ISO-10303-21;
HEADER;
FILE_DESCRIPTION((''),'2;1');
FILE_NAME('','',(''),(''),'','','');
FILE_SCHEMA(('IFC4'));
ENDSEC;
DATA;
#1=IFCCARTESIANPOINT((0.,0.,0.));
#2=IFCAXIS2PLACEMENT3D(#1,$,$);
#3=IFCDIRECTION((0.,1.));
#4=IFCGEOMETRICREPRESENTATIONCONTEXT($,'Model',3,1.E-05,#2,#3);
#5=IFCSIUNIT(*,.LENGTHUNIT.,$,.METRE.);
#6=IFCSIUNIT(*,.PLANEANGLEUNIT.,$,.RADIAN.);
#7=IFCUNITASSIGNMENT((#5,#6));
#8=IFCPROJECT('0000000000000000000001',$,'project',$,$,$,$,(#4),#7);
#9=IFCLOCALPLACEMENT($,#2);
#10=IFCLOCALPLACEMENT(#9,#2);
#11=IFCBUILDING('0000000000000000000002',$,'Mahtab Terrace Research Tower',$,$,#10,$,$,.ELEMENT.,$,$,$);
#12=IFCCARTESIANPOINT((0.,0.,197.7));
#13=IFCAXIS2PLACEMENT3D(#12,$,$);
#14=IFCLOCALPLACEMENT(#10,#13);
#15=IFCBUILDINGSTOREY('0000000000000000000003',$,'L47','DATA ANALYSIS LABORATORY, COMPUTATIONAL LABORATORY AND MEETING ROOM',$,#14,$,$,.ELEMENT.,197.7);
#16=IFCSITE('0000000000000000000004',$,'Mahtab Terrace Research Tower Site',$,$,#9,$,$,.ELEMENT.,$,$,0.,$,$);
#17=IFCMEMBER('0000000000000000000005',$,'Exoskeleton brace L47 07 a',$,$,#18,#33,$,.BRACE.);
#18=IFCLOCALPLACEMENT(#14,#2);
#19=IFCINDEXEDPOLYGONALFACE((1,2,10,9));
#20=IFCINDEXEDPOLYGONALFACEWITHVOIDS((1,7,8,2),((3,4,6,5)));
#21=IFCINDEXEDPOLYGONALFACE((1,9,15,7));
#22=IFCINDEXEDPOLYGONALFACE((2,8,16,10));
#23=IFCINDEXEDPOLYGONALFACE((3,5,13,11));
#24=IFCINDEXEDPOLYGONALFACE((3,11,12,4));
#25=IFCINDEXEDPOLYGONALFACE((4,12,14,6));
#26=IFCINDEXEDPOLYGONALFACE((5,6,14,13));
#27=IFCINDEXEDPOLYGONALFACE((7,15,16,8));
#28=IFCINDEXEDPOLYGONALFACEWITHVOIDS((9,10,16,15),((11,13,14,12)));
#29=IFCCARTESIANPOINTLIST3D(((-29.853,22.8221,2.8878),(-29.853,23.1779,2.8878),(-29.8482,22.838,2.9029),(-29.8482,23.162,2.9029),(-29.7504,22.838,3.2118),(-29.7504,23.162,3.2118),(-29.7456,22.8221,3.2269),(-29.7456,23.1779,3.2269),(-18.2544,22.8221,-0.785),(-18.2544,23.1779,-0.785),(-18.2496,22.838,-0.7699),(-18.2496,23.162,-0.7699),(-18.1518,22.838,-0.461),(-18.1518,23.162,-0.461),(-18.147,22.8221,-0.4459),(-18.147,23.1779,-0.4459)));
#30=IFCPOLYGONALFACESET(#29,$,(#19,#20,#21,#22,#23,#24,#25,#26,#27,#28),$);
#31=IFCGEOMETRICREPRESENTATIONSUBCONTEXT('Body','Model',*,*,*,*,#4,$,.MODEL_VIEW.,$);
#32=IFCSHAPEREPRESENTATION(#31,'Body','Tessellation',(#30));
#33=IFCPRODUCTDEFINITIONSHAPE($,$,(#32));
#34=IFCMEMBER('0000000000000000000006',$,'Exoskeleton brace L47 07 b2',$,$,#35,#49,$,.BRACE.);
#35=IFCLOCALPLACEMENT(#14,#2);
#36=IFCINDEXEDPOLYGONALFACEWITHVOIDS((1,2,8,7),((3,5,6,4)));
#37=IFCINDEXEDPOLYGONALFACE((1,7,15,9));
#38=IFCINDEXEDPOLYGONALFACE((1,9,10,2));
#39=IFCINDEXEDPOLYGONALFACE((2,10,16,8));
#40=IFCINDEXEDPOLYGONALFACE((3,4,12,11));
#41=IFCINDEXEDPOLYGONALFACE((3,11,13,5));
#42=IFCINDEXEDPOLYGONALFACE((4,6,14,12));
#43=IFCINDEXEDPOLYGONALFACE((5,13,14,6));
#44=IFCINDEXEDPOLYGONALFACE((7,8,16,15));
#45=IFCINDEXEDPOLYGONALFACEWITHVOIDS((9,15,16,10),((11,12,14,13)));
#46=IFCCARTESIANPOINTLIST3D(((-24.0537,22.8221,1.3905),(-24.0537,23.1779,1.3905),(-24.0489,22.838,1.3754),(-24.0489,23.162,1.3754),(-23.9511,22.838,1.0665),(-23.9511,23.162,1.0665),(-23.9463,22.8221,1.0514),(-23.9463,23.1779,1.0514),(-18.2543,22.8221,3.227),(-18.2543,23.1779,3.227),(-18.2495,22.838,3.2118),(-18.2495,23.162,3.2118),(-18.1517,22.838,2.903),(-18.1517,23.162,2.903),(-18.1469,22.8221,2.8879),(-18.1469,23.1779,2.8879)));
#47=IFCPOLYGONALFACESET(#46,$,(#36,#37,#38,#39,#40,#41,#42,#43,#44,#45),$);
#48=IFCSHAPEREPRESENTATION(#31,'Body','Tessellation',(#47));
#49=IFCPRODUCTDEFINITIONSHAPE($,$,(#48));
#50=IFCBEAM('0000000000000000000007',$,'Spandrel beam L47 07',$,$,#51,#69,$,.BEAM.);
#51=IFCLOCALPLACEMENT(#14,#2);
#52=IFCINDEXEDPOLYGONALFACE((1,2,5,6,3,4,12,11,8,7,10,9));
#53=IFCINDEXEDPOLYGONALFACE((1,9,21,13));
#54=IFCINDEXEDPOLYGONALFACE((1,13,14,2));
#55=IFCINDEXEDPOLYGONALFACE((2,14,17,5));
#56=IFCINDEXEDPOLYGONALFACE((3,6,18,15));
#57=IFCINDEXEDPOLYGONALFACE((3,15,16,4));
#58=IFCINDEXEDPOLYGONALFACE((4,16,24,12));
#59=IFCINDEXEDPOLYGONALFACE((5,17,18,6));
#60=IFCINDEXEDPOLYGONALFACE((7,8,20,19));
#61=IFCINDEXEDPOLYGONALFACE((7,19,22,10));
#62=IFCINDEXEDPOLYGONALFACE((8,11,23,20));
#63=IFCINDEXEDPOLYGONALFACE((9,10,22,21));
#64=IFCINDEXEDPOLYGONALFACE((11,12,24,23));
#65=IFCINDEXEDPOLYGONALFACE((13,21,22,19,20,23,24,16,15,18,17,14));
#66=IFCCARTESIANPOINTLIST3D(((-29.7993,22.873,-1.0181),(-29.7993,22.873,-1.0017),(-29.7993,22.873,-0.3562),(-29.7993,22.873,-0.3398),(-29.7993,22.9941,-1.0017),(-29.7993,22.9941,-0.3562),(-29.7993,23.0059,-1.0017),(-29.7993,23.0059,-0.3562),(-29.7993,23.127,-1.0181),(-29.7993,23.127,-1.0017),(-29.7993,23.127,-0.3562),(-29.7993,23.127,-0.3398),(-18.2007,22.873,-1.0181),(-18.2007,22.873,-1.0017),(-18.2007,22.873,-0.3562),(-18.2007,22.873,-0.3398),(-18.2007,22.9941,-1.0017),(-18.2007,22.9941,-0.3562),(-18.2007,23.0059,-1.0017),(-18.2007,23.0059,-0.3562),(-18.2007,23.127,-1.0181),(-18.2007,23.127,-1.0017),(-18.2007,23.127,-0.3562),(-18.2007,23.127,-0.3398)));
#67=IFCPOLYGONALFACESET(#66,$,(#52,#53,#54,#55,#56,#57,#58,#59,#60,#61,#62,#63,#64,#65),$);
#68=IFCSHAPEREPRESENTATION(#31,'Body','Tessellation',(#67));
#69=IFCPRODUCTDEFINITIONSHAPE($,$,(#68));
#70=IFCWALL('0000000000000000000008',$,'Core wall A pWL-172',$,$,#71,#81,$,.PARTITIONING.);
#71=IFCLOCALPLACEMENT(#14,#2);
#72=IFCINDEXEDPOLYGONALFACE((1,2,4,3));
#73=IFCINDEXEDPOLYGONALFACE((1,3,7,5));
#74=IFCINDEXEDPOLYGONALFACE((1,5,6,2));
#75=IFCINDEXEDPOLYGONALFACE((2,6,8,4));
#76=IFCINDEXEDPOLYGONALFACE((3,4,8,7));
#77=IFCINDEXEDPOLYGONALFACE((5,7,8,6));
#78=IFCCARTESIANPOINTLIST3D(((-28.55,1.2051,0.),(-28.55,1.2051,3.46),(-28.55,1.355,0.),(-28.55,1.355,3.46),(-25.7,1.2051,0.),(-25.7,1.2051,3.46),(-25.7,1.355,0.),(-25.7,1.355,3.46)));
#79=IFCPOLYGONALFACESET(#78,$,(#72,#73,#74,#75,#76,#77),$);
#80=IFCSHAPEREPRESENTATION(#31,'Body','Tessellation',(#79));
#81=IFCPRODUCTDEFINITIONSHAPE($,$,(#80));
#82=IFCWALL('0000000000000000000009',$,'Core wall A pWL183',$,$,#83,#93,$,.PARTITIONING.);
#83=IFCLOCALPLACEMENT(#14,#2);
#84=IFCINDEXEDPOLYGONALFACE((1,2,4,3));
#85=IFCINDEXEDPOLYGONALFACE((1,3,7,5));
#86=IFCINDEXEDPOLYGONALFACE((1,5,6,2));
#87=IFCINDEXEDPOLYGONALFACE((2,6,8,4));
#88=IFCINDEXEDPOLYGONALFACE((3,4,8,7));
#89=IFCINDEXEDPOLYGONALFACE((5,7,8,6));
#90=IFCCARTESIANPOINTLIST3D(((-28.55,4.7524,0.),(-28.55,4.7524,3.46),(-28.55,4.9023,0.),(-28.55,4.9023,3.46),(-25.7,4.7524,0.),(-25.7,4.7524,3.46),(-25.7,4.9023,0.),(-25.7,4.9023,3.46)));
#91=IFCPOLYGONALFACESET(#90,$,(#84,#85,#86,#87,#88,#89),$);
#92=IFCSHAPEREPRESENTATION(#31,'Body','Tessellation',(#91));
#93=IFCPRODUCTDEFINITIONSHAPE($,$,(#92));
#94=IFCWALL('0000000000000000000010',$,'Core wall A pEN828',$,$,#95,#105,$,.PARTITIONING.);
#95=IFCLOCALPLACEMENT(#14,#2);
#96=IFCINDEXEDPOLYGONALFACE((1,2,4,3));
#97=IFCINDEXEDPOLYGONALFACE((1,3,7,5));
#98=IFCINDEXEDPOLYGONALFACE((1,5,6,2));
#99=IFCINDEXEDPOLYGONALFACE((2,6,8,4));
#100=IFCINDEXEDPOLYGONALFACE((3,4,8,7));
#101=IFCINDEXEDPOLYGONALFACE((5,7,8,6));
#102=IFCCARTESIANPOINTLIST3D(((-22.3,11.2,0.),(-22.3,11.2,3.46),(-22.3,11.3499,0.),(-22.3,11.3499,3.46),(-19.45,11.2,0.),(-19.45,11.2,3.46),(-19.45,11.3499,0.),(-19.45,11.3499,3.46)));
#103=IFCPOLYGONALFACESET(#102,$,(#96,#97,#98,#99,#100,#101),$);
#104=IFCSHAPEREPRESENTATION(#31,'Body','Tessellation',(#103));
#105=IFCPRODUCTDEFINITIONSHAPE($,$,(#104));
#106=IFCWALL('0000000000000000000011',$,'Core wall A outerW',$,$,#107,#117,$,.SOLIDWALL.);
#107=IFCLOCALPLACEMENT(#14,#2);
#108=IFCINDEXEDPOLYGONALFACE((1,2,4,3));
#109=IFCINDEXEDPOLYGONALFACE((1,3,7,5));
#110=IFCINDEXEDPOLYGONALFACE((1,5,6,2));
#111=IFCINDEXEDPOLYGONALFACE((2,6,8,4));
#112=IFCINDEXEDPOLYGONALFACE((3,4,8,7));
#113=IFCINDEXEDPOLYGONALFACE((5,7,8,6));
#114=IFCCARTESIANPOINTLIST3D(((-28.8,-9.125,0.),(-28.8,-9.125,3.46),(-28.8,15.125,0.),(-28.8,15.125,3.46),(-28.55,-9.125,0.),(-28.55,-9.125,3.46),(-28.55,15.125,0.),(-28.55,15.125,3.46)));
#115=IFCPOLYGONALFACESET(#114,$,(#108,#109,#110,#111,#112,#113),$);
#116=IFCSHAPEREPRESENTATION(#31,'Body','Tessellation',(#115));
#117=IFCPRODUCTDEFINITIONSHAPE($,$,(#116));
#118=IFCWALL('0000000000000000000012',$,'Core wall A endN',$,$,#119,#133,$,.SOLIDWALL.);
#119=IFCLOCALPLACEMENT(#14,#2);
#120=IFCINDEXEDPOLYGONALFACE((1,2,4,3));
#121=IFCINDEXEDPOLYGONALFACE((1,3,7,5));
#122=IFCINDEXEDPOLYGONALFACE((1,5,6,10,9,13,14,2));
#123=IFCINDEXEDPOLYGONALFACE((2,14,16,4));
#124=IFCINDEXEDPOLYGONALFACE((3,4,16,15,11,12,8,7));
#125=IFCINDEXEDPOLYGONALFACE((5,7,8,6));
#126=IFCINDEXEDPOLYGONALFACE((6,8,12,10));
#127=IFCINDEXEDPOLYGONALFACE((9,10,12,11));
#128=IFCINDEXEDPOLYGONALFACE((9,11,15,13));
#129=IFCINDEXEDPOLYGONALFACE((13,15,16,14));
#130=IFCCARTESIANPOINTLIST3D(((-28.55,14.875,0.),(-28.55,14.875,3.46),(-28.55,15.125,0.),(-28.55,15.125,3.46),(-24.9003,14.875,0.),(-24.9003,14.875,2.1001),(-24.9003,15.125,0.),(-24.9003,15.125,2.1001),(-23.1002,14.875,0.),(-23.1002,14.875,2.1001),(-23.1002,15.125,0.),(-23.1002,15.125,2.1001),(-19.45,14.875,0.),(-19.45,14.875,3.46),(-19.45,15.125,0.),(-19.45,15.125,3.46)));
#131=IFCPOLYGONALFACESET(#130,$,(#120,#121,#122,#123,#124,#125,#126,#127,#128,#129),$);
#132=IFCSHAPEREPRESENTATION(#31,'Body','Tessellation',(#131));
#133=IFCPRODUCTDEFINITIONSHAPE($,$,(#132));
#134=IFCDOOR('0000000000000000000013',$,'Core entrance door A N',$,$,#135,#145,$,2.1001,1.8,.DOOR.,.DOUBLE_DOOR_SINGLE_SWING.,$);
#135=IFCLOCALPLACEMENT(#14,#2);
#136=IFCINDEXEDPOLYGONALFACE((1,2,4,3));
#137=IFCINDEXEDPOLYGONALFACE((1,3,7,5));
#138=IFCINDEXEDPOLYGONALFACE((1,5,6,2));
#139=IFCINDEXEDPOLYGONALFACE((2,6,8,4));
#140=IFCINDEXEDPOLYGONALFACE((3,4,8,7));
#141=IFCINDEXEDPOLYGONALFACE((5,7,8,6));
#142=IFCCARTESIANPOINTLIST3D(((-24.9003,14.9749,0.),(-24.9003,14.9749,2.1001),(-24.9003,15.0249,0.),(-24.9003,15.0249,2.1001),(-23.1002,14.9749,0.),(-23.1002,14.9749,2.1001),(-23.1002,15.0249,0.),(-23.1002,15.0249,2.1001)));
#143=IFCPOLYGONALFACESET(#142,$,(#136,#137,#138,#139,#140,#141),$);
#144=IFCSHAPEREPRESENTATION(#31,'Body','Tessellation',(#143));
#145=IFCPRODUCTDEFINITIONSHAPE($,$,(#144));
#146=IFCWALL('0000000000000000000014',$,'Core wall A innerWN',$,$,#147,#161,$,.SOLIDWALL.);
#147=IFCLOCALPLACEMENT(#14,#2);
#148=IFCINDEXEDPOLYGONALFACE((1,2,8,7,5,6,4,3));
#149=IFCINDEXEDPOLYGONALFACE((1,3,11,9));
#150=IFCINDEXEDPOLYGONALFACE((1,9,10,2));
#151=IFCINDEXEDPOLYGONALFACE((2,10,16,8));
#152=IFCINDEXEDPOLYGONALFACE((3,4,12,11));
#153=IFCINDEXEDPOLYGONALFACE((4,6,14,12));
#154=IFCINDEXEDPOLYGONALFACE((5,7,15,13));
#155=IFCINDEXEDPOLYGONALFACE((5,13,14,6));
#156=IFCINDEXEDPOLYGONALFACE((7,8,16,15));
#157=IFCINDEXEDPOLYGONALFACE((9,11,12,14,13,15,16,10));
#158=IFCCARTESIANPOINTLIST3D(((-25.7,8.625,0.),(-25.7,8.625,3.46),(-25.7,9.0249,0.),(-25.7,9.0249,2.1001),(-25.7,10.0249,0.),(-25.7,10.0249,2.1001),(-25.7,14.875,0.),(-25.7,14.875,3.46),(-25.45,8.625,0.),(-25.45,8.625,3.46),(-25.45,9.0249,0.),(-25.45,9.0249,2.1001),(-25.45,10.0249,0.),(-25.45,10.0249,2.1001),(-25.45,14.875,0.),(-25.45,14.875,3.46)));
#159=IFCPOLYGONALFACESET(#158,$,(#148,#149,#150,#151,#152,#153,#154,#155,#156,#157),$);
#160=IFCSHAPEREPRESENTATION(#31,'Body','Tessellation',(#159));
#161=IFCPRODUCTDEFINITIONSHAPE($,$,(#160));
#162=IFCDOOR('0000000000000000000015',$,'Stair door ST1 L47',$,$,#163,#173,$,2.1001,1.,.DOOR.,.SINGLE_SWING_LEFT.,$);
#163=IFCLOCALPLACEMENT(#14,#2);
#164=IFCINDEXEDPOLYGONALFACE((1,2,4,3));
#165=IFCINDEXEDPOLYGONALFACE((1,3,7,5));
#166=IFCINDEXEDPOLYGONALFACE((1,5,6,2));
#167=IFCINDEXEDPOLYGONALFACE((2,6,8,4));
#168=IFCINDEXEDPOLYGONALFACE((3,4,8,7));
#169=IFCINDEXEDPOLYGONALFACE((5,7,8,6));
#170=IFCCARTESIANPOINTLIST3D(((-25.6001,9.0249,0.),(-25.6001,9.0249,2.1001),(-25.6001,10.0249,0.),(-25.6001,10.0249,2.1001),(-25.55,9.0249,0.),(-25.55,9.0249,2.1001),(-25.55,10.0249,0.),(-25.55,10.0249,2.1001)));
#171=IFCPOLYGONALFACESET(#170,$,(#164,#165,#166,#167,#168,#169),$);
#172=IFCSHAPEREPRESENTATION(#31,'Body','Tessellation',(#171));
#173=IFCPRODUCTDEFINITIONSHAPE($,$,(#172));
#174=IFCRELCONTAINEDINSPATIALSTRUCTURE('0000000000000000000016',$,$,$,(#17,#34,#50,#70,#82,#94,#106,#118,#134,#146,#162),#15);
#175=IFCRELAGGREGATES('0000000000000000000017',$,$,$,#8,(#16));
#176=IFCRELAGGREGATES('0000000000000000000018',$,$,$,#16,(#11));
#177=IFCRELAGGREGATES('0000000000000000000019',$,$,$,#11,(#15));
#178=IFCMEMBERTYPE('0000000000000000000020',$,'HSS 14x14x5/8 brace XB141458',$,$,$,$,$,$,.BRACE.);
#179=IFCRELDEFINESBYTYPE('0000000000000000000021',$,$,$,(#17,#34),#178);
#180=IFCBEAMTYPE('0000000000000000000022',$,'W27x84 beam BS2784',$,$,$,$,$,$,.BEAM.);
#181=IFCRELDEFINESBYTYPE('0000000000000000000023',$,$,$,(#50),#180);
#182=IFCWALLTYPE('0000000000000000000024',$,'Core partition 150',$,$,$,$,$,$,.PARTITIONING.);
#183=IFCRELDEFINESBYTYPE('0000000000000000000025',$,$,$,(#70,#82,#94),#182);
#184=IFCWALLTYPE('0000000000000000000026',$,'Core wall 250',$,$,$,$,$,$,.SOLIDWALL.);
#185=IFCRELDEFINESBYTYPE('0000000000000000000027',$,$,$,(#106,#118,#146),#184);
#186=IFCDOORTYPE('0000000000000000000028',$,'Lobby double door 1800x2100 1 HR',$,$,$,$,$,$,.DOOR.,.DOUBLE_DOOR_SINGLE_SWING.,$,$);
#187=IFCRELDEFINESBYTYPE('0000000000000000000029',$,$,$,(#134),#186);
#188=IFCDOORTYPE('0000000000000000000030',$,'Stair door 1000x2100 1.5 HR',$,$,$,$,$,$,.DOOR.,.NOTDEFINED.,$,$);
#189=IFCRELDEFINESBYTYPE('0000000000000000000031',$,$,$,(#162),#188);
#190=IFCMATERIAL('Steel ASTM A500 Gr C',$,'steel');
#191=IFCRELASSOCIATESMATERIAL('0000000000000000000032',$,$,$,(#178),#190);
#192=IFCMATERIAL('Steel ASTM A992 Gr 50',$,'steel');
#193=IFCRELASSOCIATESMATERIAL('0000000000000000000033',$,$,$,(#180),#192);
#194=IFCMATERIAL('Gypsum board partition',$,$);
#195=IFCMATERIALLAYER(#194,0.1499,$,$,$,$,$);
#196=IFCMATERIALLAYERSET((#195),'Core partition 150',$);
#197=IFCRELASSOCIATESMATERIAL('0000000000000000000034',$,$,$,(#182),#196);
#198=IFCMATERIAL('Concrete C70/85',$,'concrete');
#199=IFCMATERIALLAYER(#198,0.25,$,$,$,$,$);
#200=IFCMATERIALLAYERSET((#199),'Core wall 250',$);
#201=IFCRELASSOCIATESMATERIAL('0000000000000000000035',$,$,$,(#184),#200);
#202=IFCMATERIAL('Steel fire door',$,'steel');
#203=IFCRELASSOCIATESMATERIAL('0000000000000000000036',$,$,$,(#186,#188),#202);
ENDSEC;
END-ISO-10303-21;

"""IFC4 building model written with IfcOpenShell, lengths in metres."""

from ifc_helpers import new_model, si_unit, direction, frame, frame_2d, origin, origin_2d, place, context, subcontext, project, spatial, rectangle, hollow_rectangle, i_section, extrude, material, layer, layer_set, material_profile, profile_set, type_object, element, fill, save


model = new_model("IFC4")

# Units and contexts
model_context = context("Model", 3, precision=1e-05, world=origin(), true_north=direction((0.0, 1.0)))
body_context = subcontext(model_context, "Body", "Model", "MODEL_VIEW")
ifc_project = project(units=[si_unit("LENGTHUNIT", "METRE"), si_unit("PLANEANGLEUNIT", "RADIAN")], contexts=[model_context])

# Site, building, storey
site_placement = place(None, origin())
site = spatial("IfcSite", under=ifc_project, at=site_placement, Name="Mahtab Terrace Research Tower Site", CompositionType="ELEMENT", RefElevation=0.0)
building_placement = place(site_placement, origin())
building = spatial("IfcBuilding", under=site, at=building_placement, Name="Mahtab Terrace Research Tower", CompositionType="ELEMENT")
storey_placement = place(building_placement, frame((0.0, 0.0, 197.7)))
storey = spatial("IfcBuildingStorey", under=building, at=storey_placement, Name="L47", Description="DATA ANALYSIS LABORATORY, COMPUTATIONAL LABORATORY AND MEETING ROOM", CompositionType="ELEMENT", Elevation=197.7)

# Members
ifc_material_1 = material(Name="Steel ASTM A500 Gr C", Category="steel")
ifc_material_profile_1 = material_profile(ifc_material_1, hollow_rectangle(XDim=0.3557, YDim=0.3557, WallThickness=0.0159, at=origin_2d()), Name="HSS14X14X5/8")
ifc_profile_set_1 = profile_set([ifc_material_profile_1], Name="Steel ASTM A500 Gr C")
member_type = type_object("IfcMemberType", Name="HSS 14x14x5/8 brace XB141458", PredefinedType="BRACE", material=ifc_profile_set_1)
member_1_placement = place(storey_placement, frame((-18.2007, 23.0, -0.6155), z_axis=(-0.953343, 0.0, 0.301888), x_axis=(0.0, -1.0, 0.0)))
element("IfcMember", 1, at=member_1_placement, inside=storey, type_object=member_type, Name="Exoskeleton brace L47 07 a", PredefinedType="BRACE", context=body_context, shape_type="SweptSolid", body=[
    extrude(hollow_rectangle(XDim=0.3557, YDim=0.3557, WallThickness=0.0159, at=origin_2d()), origin(), (0.0, 0.0, 1.0), 12.1663),
])
member_2_placement = place(storey_placement, frame((-24.0, 23.0, 1.2209), z_axis=(0.953343, 0.0, 0.301888), x_axis=(0.0, 1.0, 0.0)))
element("IfcMember", 2, at=member_2_placement, inside=storey, type_object=member_type, Name="Exoskeleton brace L47 07 b2", PredefinedType="BRACE", context=body_context, shape_type="SweptSolid", body=[
    extrude(hollow_rectangle(XDim=0.3557, YDim=0.3557, WallThickness=0.0159, at=origin_2d()), origin(), (0.0, 0.0, 1.0), 6.0833),
])

# Beam
ifc_material_2 = material(Name="Steel ASTM A992 Gr 50", Category="steel")
ifc_material_profile_2 = material_profile(ifc_material_2, i_section(OverallWidth=0.2539, OverallDepth=0.6782, WebThickness=0.0117, FlangeThickness=0.0164, at=origin_2d()), Name="W27X84")
ifc_profile_set_2 = profile_set([ifc_material_profile_2], Name="Steel ASTM A992 Gr 50")
beam_type = type_object("IfcBeamType", Name="W27x84 beam BS2784", PredefinedType="BEAM", material=ifc_profile_set_2)
beam_placement = place(storey_placement, frame((-18.2007, 23.0, -0.679), z_axis=(-1.0, 0.0, 0.0), x_axis=(0.0, -1.0, 0.0)))
element("IfcBeam", 3, at=beam_placement, inside=storey, type_object=beam_type, Name="Spandrel beam L47 07", PredefinedType="BEAM", context=body_context, shape_type="SweptSolid", body=[
    extrude(i_section(OverallWidth=0.2539, OverallDepth=0.6782, WebThickness=0.0117, FlangeThickness=0.0164, at=origin_2d()), origin(), (0.0, 0.0, 1.0), 11.5986),
])

# Walls
ifc_material_3 = material(Name="Gypsum board partition")
ifc_layer_1 = layer(ifc_material_3, 0.1499)
ifc_layer_set_1 = layer_set([ifc_layer_1], Name="Core partition 150")
wall_type_1 = type_object("IfcWallType", Name="Core partition 150", PredefinedType="PARTITIONING", material=ifc_layer_set_1)
for number, where, z_axis, x_axis, name in (
    (4, (-28.55, 1.28, 0.0), (0.0, 0.0, 1.0), (1.0, 0.0, 0.0), "Core wall A pWL-172"),
    (5, (-28.55, 4.8274, 0.0), (0.0, 0.0, 1.0), (1.0, 0.0, 0.0), "Core wall A pWL183"),
    (6, (-22.3, 11.2749, 0.0), (0.0, 0.0, 1.0), (1.0, 0.0, 0.0), "Core wall A pEN828"),
):
    element("IfcWall", number, at=place(storey_placement, frame(where, z_axis=z_axis, x_axis=x_axis)), inside=storey, type_object=wall_type_1, Name=name, PredefinedType="PARTITIONING", context=body_context, shape_type="SweptSolid", body=[
        extrude(rectangle(XDim=2.8501, YDim=0.1499, at=frame_2d((1.425, 0.0))), origin(), (0.0, 0.0, 1.0), 3.46),
    ])
ifc_material_4 = material(Name="Concrete C70/85", Category="concrete")
ifc_layer_2 = layer(ifc_material_4, 0.25)
ifc_layer_set_2 = layer_set([ifc_layer_2], Name="Core wall 250")
wall_type_2 = type_object("IfcWallType", Name="Core wall 250", PredefinedType="SOLIDWALL", material=ifc_layer_set_2)
wall_1_placement = place(storey_placement, frame((-28.675, 15.125, 0.0), z_axis=(0.0, 0.0, 1.0), x_axis=(0.0, -1.0, 0.0)))
element("IfcWall", 7, at=wall_1_placement, inside=storey, type_object=wall_type_2, Name="Core wall A outerW", PredefinedType="SOLIDWALL", context=body_context, shape_type="SweptSolid", body=[
    extrude(rectangle(XDim=24.25, YDim=0.25, at=frame_2d((12.125, 0.0))), origin(), (0.0, 0.0, 1.0), 3.46),
])

# Walls, openings, doors
wall_2_placement = place(storey_placement, frame((-28.55, 15.0, 0.0), z_axis=(0.0, 0.0, 1.0), x_axis=(1.0, 0.0, 0.0)))
wall_2 = element("IfcWall", 8, at=wall_2_placement, inside=storey, type_object=wall_type_2, Name="Core wall A endN", PredefinedType="SOLIDWALL", context=body_context, shape_type="SweptSolid", body=[
    extrude(rectangle(XDim=9.1001, YDim=0.25, at=frame_2d((4.55, 0.0))), origin(), (0.0, 0.0, 1.0), 3.46),
])
opening_1_placement = place(wall_2_placement, frame((3.6499, 0.0, 0.0)))
opening_1 = element("IfcOpeningElement", 9, at=opening_1_placement, cuts=wall_2, PredefinedType="OPENING", context=body_context, shape_type="SweptSolid", body=[
    extrude(rectangle(XDim=1.8, YDim=2.1001, at=frame_2d((0.8999, 1.05))), frame((0.0, 0.135, 0.0), z_axis=(0.0, -1.0, 0.0), x_axis=(1.0, 0.0, 0.0)), (0.0, 0.0, 1.0), 0.27),
])
ifc_material_5 = material(Name="Steel fire door", Category="steel")
door_type_1 = type_object("IfcDoorType", Name="Lobby double door 1800x2100 1 HR", OperationType="DOUBLE_DOOR_SINGLE_SWING", PredefinedType="DOOR", material=ifc_material_5)
door_1_placement = place(opening_1_placement, origin())
door_1 = element("IfcDoor", 10, at=door_1_placement, inside=storey, type_object=door_type_1, Name="Core entrance door A N", OperationType="DOUBLE_DOOR_SINGLE_SWING", OverallHeight=2.1001, OverallWidth=1.8, PredefinedType="DOOR", context=body_context, shape_type="SweptSolid", body=[
    extrude(rectangle(XDim=1.8, YDim=2.1001, at=frame_2d((0.8999, 1.05))), frame((0.0, 0.0249, 0.0), z_axis=(0.0, -1.0, 0.0), x_axis=(1.0, 0.0, 0.0)), (0.0, 0.0, 1.0), 0.05),
])
fill(opening_1, door_1)
wall_3_placement = place(storey_placement, frame((-25.575, 14.875, 0.0), z_axis=(0.0, 0.0, 1.0), x_axis=(0.0, -1.0, 0.0)))
wall_3 = element("IfcWall", 11, at=wall_3_placement, inside=storey, type_object=wall_type_2, Name="Core wall A innerWN", PredefinedType="SOLIDWALL", context=body_context, shape_type="SweptSolid", body=[
    extrude(rectangle(XDim=6.25, YDim=0.25, at=frame_2d((3.125, 0.0))), origin(), (0.0, 0.0, 1.0), 3.46),
])
opening_2_placement = place(wall_3_placement, frame((4.8501, 0.0, 0.0)))
opening_2 = element("IfcOpeningElement", 12, at=opening_2_placement, cuts=wall_3, PredefinedType="OPENING", context=body_context, shape_type="SweptSolid", body=[
    extrude(rectangle(XDim=1.0, YDim=2.1001, at=frame_2d((0.5, 1.05))), frame((0.0, 0.135, 0.0), z_axis=(0.0, -1.0, 0.0), x_axis=(1.0, 0.0, 0.0)), (0.0, 0.0, 1.0), 0.27),
])
door_type_2 = type_object("IfcDoorType", Name="Stair door 1000x2100 1.5 HR", OperationType="NOTDEFINED", PredefinedType="DOOR", material=ifc_material_5)
door_2_placement = place(opening_2_placement, origin())
door_2 = element("IfcDoor", 13, at=door_2_placement, inside=storey, type_object=door_type_2, Name="Stair door ST1 L47", OperationType="SINGLE_SWING_LEFT", OverallHeight=2.1001, OverallWidth=1.0, PredefinedType="DOOR", context=body_context, shape_type="SweptSolid", body=[
    extrude(rectangle(XDim=1.0, YDim=2.1001, at=frame_2d((0.5, 1.05))), frame((0.0, 0.0249, 0.0), z_axis=(0.0, -1.0, 0.0), x_axis=(1.0, 0.0, 0.0)), (0.0, 0.0, 1.0), 0.05),
])
fill(opening_2, door_2)

save(model, "model.ifc")
